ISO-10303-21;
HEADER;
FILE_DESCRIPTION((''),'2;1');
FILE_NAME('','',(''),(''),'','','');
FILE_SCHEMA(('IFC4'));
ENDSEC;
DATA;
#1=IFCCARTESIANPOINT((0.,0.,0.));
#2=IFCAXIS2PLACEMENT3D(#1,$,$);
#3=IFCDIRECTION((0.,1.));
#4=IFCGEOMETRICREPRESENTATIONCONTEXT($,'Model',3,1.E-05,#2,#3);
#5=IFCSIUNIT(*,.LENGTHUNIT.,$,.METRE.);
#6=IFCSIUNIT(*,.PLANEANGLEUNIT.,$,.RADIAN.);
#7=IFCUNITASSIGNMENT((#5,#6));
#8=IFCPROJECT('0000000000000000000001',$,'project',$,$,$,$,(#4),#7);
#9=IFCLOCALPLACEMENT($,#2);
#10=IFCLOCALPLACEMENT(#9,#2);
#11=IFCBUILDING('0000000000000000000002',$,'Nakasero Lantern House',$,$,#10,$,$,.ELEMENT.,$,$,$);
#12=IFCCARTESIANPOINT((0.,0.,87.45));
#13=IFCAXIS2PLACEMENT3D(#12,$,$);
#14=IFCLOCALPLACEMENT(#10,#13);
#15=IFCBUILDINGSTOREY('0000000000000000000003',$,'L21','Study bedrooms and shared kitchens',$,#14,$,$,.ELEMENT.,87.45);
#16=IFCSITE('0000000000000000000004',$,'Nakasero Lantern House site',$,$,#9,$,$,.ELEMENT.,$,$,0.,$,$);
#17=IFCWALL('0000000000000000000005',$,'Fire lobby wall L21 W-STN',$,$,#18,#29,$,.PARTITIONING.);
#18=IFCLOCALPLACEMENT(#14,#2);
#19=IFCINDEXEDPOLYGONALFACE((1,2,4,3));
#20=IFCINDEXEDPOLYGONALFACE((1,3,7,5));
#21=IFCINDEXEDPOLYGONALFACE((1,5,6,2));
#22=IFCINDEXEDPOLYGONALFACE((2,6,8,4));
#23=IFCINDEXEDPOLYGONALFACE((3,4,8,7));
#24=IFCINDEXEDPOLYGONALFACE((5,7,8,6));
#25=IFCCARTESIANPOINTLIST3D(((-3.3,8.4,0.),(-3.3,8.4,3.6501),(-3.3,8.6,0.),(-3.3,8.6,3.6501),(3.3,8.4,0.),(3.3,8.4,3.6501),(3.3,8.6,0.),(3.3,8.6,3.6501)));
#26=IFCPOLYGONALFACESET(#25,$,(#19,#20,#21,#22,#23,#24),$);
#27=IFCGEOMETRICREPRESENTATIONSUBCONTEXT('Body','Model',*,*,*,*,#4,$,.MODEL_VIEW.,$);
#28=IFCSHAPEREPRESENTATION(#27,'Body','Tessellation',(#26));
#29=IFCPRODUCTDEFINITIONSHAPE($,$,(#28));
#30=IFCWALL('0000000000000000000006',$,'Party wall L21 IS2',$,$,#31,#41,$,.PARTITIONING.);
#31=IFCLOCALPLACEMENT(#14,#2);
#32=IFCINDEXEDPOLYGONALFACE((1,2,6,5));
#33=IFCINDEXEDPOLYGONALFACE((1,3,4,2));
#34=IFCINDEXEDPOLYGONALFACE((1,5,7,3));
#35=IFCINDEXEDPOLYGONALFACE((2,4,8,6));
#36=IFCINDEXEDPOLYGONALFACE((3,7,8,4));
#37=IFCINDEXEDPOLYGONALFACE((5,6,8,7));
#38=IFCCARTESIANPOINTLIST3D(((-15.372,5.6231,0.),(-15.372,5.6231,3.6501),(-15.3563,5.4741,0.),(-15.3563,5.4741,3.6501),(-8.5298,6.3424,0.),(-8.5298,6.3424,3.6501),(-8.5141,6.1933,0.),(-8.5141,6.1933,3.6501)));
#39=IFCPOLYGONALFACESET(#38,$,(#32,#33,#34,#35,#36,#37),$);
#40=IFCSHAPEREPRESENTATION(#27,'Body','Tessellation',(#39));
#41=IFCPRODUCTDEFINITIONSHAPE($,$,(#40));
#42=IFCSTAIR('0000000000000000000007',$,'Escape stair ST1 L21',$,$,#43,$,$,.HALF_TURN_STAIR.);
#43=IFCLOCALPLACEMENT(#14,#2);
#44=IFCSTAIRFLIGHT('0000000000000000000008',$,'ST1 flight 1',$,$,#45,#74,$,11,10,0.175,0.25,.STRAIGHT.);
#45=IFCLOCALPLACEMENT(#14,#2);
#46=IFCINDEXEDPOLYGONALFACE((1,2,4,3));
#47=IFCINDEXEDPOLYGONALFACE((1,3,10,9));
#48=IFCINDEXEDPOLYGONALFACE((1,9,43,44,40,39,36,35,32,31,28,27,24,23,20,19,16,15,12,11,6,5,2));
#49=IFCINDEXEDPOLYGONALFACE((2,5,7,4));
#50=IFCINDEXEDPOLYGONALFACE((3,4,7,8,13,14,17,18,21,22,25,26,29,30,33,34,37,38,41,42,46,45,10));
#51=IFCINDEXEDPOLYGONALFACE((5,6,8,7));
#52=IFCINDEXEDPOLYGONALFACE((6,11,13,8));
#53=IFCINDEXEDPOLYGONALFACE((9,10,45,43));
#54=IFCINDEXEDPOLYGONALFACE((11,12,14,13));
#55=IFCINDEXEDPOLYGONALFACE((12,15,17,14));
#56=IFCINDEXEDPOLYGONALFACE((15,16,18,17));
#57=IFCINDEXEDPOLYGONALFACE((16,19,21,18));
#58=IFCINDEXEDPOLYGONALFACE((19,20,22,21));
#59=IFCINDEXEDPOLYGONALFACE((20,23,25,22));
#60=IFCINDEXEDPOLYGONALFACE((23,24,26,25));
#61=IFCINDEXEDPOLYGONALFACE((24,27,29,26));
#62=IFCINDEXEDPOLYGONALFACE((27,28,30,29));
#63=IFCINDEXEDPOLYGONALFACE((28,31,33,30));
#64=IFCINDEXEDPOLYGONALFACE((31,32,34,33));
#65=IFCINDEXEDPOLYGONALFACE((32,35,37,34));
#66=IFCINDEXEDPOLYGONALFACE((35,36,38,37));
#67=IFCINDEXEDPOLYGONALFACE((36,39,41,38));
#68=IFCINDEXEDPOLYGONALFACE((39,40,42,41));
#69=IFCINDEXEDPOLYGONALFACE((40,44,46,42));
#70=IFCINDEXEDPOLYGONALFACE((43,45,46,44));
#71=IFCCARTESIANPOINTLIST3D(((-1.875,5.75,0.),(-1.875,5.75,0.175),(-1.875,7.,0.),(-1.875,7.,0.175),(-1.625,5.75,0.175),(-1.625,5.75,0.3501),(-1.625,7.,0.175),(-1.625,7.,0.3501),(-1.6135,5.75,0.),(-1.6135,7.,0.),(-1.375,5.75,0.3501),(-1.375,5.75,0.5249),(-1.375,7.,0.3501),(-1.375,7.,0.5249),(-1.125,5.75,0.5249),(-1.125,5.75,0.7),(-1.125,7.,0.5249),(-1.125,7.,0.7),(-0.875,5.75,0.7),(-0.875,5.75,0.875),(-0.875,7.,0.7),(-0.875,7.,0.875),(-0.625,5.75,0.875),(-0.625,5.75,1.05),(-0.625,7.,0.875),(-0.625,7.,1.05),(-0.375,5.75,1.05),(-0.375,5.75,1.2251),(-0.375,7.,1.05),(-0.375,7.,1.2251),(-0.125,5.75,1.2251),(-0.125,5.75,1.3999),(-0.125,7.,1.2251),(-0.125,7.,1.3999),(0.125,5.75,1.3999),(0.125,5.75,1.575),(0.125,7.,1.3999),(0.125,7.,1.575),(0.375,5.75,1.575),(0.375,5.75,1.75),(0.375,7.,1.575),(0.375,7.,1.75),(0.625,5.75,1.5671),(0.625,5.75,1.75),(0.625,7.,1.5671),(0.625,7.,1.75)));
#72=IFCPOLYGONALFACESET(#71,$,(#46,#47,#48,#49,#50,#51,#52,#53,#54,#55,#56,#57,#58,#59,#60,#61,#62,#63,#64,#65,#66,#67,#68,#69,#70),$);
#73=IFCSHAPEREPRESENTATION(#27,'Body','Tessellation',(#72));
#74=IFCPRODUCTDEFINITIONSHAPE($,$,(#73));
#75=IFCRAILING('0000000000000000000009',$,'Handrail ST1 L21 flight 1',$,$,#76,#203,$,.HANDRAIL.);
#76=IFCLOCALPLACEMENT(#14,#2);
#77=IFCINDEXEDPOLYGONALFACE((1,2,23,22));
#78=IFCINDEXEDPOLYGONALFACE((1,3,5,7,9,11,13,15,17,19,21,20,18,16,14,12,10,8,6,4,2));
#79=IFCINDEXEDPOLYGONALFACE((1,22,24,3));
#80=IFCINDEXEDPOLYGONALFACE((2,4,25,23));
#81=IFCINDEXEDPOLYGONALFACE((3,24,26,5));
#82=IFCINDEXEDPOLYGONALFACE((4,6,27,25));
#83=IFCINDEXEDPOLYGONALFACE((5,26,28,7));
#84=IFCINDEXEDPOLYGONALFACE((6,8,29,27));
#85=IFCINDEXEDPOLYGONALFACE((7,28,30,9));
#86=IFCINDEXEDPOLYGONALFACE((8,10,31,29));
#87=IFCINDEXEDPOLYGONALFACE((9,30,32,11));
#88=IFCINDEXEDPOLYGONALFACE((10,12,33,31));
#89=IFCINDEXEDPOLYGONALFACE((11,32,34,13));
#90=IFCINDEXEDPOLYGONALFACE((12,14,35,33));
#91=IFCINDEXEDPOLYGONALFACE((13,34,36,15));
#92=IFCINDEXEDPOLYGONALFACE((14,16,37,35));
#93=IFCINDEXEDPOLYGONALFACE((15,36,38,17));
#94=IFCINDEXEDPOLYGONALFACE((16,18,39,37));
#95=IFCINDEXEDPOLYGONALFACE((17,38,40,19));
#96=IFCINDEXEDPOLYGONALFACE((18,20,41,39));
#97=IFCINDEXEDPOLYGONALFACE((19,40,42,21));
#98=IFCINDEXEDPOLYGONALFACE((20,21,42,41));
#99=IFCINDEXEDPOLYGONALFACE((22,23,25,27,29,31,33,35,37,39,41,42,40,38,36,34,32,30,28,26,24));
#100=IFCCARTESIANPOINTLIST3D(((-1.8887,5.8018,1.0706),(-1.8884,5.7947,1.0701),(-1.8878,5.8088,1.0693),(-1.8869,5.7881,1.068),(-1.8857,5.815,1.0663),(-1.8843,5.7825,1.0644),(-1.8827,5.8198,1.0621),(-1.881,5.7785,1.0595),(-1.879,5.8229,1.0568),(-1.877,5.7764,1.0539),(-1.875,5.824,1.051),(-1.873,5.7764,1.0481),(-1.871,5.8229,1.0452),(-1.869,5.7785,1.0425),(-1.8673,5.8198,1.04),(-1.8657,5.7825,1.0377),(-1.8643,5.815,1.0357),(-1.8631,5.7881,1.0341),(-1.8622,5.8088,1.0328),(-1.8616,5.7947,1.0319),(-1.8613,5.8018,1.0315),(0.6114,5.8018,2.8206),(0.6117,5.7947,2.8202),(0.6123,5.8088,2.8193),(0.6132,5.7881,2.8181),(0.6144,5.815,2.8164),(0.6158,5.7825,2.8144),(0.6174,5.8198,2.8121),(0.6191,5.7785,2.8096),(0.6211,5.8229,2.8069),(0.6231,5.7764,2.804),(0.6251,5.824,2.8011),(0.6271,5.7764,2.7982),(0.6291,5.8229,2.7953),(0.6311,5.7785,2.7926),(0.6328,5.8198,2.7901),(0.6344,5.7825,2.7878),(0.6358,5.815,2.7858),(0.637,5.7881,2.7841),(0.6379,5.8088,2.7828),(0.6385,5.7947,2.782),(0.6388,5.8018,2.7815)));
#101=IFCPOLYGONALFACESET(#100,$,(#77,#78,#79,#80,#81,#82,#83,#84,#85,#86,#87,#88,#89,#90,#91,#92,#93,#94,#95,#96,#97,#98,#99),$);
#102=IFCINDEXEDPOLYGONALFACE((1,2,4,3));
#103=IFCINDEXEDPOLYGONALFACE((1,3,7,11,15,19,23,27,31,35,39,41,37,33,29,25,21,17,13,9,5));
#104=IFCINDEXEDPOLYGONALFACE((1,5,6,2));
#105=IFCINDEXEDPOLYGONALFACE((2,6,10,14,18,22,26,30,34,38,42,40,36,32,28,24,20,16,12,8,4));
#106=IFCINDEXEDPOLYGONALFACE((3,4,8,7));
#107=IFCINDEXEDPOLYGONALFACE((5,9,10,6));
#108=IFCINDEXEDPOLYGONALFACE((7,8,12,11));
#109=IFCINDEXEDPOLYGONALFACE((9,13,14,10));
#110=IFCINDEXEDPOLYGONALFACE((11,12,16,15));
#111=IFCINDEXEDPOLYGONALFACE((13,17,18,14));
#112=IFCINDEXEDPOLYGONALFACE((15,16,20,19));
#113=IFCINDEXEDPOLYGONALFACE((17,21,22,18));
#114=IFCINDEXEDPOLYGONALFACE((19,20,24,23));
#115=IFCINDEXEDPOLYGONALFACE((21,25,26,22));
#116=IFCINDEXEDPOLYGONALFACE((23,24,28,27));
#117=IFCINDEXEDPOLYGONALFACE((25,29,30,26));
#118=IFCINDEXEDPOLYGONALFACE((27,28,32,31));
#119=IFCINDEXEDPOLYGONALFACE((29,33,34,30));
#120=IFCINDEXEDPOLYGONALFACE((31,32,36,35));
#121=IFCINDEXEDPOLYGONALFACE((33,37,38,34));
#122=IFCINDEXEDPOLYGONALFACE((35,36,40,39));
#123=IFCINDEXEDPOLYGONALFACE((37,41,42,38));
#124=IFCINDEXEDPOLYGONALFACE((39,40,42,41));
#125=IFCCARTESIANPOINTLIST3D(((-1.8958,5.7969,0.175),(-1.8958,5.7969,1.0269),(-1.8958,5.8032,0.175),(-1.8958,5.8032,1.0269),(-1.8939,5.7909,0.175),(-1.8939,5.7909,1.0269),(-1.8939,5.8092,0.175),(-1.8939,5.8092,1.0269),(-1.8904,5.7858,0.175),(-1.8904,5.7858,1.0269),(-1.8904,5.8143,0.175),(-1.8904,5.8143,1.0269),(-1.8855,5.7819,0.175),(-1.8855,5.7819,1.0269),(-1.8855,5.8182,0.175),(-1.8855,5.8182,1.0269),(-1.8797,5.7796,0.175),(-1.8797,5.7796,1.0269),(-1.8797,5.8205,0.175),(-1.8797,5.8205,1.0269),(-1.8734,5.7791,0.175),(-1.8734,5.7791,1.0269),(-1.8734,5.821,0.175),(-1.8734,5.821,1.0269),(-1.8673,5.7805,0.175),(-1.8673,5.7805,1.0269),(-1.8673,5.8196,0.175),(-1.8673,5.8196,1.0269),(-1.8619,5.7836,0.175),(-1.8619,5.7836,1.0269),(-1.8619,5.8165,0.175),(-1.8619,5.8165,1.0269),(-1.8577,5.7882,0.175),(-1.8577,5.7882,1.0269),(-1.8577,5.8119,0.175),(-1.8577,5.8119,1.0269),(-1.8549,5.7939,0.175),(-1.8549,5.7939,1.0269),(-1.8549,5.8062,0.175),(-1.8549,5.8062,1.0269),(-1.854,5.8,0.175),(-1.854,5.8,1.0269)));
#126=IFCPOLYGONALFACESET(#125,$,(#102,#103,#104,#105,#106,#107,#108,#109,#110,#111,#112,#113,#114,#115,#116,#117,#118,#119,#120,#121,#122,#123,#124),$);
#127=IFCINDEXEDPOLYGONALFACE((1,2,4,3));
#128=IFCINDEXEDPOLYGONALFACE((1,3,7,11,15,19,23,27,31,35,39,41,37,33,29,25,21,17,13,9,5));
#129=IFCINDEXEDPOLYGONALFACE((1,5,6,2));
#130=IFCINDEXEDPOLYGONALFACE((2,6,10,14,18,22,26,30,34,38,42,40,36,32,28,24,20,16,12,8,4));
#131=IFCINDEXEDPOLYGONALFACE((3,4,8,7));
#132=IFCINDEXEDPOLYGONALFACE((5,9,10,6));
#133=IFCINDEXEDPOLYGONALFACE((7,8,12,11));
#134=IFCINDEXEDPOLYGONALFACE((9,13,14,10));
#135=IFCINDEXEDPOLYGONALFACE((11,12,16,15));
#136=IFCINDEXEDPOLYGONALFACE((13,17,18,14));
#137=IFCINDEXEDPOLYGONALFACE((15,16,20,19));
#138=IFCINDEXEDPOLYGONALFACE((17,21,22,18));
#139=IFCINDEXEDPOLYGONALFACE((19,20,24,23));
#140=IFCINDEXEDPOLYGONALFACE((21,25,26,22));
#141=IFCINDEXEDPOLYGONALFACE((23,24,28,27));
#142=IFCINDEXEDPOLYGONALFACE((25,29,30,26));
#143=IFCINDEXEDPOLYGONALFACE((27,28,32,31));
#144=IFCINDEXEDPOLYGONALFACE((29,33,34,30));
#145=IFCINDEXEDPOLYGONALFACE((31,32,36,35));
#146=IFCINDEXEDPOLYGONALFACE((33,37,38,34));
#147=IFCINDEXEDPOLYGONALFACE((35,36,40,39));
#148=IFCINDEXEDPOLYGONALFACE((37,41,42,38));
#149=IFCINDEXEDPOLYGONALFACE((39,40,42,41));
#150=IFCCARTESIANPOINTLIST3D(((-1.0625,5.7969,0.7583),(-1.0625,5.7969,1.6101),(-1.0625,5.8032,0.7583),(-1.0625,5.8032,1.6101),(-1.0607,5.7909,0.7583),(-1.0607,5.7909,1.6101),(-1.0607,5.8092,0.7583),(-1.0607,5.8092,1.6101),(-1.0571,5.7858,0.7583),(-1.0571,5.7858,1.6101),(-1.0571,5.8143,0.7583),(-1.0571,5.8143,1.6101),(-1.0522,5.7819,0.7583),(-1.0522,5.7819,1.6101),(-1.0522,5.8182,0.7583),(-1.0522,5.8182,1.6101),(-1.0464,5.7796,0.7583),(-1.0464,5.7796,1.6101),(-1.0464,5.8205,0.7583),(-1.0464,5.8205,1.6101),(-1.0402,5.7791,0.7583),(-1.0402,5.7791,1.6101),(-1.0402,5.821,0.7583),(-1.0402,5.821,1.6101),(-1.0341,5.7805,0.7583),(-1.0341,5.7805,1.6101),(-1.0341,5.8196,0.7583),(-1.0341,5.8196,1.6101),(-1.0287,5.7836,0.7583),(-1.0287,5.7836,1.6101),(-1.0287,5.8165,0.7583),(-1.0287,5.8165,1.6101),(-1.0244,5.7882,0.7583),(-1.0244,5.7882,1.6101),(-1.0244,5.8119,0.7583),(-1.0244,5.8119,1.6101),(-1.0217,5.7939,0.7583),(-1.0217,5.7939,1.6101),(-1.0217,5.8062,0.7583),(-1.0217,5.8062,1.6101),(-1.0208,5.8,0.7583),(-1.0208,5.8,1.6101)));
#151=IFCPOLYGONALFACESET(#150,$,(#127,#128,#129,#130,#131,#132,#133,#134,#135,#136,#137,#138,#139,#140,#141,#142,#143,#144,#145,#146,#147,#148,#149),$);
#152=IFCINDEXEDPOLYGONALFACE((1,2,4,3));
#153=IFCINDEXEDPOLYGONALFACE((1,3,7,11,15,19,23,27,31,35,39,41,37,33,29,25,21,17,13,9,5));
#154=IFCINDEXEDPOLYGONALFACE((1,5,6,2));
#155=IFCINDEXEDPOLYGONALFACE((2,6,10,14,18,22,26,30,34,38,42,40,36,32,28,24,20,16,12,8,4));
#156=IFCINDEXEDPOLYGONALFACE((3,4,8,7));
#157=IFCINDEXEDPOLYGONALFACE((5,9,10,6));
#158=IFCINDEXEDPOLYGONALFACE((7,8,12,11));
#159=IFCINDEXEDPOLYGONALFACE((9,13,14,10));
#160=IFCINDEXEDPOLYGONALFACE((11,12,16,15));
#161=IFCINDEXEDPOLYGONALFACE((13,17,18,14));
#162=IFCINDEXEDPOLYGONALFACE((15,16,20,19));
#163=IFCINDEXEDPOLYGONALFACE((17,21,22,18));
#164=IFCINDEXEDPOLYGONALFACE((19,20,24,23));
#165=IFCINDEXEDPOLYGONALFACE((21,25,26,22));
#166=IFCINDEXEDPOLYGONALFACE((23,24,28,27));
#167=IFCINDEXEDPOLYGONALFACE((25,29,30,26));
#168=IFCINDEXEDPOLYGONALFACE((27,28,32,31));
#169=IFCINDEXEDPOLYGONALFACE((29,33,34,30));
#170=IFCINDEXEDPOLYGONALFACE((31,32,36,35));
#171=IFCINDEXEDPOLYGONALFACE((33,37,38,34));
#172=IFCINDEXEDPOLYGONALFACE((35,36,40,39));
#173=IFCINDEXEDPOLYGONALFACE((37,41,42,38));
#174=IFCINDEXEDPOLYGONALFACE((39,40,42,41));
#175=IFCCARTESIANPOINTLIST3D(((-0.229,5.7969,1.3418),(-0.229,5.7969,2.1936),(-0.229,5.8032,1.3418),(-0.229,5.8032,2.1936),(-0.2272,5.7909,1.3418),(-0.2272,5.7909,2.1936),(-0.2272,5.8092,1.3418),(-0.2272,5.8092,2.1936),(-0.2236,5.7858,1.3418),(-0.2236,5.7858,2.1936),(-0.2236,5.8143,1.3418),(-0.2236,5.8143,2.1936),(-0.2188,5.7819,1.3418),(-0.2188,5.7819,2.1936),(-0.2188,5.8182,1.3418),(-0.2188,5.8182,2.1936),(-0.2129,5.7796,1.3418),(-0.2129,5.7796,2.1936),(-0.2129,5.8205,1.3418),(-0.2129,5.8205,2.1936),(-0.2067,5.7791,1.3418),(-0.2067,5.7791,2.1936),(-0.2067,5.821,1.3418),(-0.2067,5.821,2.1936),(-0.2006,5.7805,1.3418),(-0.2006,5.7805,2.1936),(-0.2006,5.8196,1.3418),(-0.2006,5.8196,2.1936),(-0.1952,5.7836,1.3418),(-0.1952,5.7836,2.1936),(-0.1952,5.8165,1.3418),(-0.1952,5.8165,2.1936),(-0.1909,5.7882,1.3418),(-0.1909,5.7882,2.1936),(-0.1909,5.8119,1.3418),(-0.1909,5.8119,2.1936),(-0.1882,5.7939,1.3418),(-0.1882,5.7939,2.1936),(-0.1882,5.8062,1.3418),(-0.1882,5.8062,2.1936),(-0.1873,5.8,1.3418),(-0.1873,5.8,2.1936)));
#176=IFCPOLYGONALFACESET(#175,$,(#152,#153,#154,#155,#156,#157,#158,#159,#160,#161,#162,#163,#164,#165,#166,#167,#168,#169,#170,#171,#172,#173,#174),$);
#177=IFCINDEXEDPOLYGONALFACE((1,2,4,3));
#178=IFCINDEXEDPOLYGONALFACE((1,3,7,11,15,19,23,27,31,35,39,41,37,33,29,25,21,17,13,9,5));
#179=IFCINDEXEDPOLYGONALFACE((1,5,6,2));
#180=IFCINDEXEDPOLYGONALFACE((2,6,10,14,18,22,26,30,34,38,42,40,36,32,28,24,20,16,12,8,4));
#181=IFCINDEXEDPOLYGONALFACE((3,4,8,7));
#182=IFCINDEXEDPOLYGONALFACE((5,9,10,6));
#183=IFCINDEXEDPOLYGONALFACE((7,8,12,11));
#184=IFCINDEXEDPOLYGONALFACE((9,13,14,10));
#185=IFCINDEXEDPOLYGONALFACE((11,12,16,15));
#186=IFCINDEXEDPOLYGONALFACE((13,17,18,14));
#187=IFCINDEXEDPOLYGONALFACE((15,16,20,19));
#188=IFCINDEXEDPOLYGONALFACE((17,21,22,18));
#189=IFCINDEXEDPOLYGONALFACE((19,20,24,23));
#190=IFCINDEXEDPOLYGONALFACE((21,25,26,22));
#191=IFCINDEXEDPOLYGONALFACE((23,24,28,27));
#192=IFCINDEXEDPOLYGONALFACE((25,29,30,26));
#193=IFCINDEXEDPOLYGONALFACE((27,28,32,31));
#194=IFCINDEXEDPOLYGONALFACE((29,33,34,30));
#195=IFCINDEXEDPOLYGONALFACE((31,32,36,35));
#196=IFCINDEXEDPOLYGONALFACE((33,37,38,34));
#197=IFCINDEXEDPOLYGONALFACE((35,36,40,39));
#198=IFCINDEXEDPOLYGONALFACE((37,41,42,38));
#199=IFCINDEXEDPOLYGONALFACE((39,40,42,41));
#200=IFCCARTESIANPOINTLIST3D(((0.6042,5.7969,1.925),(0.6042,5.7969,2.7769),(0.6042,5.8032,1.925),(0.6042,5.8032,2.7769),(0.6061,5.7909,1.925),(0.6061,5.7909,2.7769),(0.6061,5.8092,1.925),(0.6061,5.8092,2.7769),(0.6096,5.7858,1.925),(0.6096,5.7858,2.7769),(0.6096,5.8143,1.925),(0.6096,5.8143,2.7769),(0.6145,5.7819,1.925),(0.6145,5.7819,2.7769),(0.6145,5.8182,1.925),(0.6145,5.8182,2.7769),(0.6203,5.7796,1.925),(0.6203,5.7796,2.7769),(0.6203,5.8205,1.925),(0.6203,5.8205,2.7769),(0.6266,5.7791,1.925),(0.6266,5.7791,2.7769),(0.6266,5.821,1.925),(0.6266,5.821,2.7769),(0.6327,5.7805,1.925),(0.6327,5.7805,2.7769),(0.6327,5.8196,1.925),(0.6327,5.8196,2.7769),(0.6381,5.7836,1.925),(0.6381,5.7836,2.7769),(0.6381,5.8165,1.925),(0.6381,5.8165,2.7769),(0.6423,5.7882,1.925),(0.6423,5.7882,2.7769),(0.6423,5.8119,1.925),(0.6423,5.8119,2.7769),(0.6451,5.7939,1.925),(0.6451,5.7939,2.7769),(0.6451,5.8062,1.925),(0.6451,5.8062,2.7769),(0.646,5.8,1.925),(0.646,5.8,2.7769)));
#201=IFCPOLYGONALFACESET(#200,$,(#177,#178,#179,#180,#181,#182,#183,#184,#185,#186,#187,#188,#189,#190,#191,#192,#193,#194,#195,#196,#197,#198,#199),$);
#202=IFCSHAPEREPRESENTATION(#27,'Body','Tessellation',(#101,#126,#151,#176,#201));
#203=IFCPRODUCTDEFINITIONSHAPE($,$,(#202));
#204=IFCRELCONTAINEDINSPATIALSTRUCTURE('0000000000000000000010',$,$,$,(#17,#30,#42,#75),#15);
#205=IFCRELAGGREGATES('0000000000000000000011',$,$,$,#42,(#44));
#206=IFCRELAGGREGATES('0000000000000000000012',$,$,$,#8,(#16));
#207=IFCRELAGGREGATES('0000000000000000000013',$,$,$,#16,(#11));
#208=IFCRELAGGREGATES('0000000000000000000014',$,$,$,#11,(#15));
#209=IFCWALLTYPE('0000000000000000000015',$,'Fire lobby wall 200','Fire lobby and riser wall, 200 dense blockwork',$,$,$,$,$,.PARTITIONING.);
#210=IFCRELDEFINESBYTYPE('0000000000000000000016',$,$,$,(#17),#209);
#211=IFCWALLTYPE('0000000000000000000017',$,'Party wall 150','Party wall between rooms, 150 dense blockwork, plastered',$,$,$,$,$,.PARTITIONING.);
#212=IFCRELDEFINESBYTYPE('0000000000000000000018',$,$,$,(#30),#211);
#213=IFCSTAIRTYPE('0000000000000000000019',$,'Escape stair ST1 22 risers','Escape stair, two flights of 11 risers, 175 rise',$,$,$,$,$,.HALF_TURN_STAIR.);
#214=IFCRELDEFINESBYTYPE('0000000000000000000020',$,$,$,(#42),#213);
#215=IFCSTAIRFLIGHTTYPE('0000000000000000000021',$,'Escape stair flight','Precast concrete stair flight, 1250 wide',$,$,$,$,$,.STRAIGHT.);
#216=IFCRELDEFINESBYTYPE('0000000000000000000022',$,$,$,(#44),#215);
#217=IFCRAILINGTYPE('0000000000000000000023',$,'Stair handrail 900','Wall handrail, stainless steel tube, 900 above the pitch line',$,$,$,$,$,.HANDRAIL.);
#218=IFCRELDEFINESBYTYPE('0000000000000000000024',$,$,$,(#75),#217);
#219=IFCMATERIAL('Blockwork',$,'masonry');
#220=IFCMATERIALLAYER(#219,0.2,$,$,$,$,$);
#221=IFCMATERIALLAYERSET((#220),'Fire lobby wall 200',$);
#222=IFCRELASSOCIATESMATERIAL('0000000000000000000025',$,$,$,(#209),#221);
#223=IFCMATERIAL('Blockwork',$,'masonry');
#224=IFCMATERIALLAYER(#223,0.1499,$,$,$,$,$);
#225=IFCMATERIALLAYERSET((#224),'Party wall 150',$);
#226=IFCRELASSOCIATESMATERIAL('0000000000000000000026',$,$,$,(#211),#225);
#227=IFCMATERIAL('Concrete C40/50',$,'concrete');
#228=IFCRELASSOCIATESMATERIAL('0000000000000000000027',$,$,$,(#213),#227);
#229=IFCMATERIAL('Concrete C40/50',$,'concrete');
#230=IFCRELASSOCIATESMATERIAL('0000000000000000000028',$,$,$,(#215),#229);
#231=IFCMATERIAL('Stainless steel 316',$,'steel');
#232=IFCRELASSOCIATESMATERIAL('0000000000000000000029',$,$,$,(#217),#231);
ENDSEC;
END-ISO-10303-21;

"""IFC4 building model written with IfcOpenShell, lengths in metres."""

from ifc_helpers import new_model, si_unit, direction, frame, frame_2d, origin, origin_2d, place, context, subcontext, project, spatial, polyline, rectangle, circle, outline, extrude, material, layer, layer_set, type_object, element, aggregate, save


model = new_model("IFC4")

# Units and contexts
model_context = context("Model", 3, precision=1e-05, world=origin(), true_north=direction((0.0, 1.0)))
body_context = subcontext(model_context, "Body", "Model", "MODEL_VIEW")
ifc_project = project(units=[si_unit("LENGTHUNIT", "METRE"), si_unit("PLANEANGLEUNIT", "RADIAN")], contexts=[model_context])

# Site, building, storey
site_placement = place(None, origin())
site = spatial("IfcSite", under=ifc_project, at=site_placement, Name="Nakasero Lantern House site", CompositionType="ELEMENT", RefElevation=0.0)
building_placement = place(site_placement, origin())
building = spatial("IfcBuilding", under=site, at=building_placement, Name="Nakasero Lantern House", CompositionType="ELEMENT")
storey_placement = place(building_placement, frame((0.0, 0.0, 87.45)))
storey = spatial("IfcBuildingStorey", under=building, at=storey_placement, Name="L21", Description="Study bedrooms and shared kitchens", CompositionType="ELEMENT", Elevation=87.45)

# Shared definitions
ifc_material_1 = material(Name="Blockwork", Category="masonry")
ifc_layer_1 = layer(ifc_material_1, 0.2)
ifc_layer_set_1 = layer_set([ifc_layer_1], Name="Fire lobby wall 200")
wall_type_1 = type_object("IfcWallType", Name="Fire lobby wall 200", Description="Fire lobby and riser wall, 200 dense blockwork", PredefinedType="PARTITIONING", material=ifc_layer_set_1)

# Walls
wall_1_placement = place(storey_placement, frame((-3.3, 8.5, 0.0), z_axis=(0.0, 0.0, 1.0), x_axis=(1.0, 0.0, 0.0)))
element("IfcWall", 1, at=wall_1_placement, inside=storey, type_object=wall_type_1, Name="Fire lobby wall L21 W-STN", PredefinedType="PARTITIONING", context=body_context, shape_type="SweptSolid", body=[
    extrude(rectangle(XDim=6.6001, YDim=0.2, at=frame_2d((3.3, 0.0))), origin(), (0.0, 0.0, 1.0), 3.6501),
])
ifc_material_2 = material(Name="Blockwork", Category="masonry")
ifc_layer_2 = layer(ifc_material_2, 0.1499)
ifc_layer_set_2 = layer_set([ifc_layer_2], Name="Party wall 150")
wall_type_2 = type_object("IfcWallType", Name="Party wall 150", Description="Party wall between rooms, 150 dense blockwork, plastered", PredefinedType="PARTITIONING", material=ifc_layer_set_2)
wall_2_placement = place(storey_placement, frame((-8.522, 6.2678, 0.0), z_axis=(0.0, 0.0, 1.0), x_axis=(-0.994521, -0.104541, 0.0)))
element("IfcWall", 2, at=wall_2_placement, inside=storey, type_object=wall_type_2, Name="Party wall L21 IS2", PredefinedType="PARTITIONING", context=body_context, shape_type="SweptSolid", body=[
    extrude(rectangle(XDim=6.8799, YDim=0.1499, at=frame_2d((3.4399, 0.0))), origin(), (0.0, 0.0, 1.0), 3.6501),
])

# Stair, stair flight
ifc_material_3 = material(Name="Concrete C40/50", Category="concrete")
stair_type = type_object("IfcStairType", Name="Escape stair ST1 22 risers", Description="Escape stair, two flights of 11 risers, 175 rise", PredefinedType="HALF_TURN_STAIR", material=ifc_material_3)
stair_placement = place(storey_placement, origin())
stair = element("IfcStair", 3, at=stair_placement, inside=storey, type_object=stair_type, Name="Escape stair ST1 L21", PredefinedType="HALF_TURN_STAIR")
ifc_material_4 = material(Name="Concrete C40/50", Category="concrete")
stair_flight_type = type_object("IfcStairFlightType", Name="Escape stair flight", Description="Precast concrete stair flight, 1250 wide", PredefinedType="STRAIGHT", material=ifc_material_4)
stair_flight_placement = place(storey_placement, frame((-1.875, 6.375, 0.0), z_axis=(0.0, 0.0, 1.0), x_axis=(1.0, 0.0, 0.0)))
stair_flight = element("IfcStairFlight", 4, at=stair_flight_placement, type_object=stair_flight_type, Name="ST1 flight 1", NumberOfRisers=11, NumberOfTreads=10, PredefinedType="STRAIGHT", RiserHeight=0.175, TreadLength=0.25, context=body_context, shape_type="SweptSolid", body=[
    extrude(outline(polyline([(0.0, 0.0), (0.0, 0.175), (0.25, 0.175), (0.25, 0.3501), (0.5, 0.3501), (0.5, 0.5249), (0.75, 0.5249), (0.75, 0.7), (1.0, 0.7), (1.0, 0.875), (1.25, 0.875), (1.25, 1.05), (1.5, 1.05), (1.5, 1.2251), (1.75, 1.2251), (1.75, 1.3999), (2.0, 1.3999), (2.0, 1.575), (2.25, 1.575), (2.25, 1.75), (2.5, 1.75), (2.5, 1.925), (2.5, 1.5671), (0.2615, 0.0), (0.0, 0.0)])), frame((0.0, 0.625, 0.0), z_axis=(0.0, -1.0, 0.0), x_axis=(1.0, 0.0, 0.0)), (0.0, 0.0, 1.0), 1.25),
])
aggregate(stair, [stair_flight])

# Railing
ifc_material_5 = material(Name="Stainless steel 316", Category="steel")
railing_type = type_object("IfcRailingType", Name="Stair handrail 900", Description="Wall handrail, stainless steel tube, 900 above the pitch line", PredefinedType="HANDRAIL", material=ifc_material_5)
railing_placement = place(storey_placement, frame((-1.875, 5.8, 0.175)))
element("IfcRailing", 5, at=railing_placement, inside=storey, type_object=railing_type, Name="Handrail ST1 L21 flight 1", PredefinedType="HANDRAIL", context=body_context, shape_type="SweptSolid", body=[
    extrude(circle(Radius=0.0239, at=origin_2d()), frame((0.0, 0.0, 0.876), z_axis=(0.819232, 0.0, 0.573462), x_axis=(0.0, 1.0, 0.0)), (0.0, 0.0, 1.0), 3.0518),
    extrude(circle(Radius=0.021, at=origin_2d()), origin(), (0.0, 0.0, 1.0), 0.8518),
    extrude(circle(Radius=0.021, at=origin_2d()), frame((0.8333, 0.0, 0.5833)), (0.0, 0.0, 1.0), 0.8518),
    extrude(circle(Radius=0.021, at=origin_2d()), frame((1.6667, 0.0, 1.1667)), (0.0, 0.0, 1.0), 0.8518),
    extrude(circle(Radius=0.021, at=origin_2d()), frame((2.5, 0.0, 1.75)), (0.0, 0.0, 1.0), 0.8518),
])

save(model, "model.ifc")
